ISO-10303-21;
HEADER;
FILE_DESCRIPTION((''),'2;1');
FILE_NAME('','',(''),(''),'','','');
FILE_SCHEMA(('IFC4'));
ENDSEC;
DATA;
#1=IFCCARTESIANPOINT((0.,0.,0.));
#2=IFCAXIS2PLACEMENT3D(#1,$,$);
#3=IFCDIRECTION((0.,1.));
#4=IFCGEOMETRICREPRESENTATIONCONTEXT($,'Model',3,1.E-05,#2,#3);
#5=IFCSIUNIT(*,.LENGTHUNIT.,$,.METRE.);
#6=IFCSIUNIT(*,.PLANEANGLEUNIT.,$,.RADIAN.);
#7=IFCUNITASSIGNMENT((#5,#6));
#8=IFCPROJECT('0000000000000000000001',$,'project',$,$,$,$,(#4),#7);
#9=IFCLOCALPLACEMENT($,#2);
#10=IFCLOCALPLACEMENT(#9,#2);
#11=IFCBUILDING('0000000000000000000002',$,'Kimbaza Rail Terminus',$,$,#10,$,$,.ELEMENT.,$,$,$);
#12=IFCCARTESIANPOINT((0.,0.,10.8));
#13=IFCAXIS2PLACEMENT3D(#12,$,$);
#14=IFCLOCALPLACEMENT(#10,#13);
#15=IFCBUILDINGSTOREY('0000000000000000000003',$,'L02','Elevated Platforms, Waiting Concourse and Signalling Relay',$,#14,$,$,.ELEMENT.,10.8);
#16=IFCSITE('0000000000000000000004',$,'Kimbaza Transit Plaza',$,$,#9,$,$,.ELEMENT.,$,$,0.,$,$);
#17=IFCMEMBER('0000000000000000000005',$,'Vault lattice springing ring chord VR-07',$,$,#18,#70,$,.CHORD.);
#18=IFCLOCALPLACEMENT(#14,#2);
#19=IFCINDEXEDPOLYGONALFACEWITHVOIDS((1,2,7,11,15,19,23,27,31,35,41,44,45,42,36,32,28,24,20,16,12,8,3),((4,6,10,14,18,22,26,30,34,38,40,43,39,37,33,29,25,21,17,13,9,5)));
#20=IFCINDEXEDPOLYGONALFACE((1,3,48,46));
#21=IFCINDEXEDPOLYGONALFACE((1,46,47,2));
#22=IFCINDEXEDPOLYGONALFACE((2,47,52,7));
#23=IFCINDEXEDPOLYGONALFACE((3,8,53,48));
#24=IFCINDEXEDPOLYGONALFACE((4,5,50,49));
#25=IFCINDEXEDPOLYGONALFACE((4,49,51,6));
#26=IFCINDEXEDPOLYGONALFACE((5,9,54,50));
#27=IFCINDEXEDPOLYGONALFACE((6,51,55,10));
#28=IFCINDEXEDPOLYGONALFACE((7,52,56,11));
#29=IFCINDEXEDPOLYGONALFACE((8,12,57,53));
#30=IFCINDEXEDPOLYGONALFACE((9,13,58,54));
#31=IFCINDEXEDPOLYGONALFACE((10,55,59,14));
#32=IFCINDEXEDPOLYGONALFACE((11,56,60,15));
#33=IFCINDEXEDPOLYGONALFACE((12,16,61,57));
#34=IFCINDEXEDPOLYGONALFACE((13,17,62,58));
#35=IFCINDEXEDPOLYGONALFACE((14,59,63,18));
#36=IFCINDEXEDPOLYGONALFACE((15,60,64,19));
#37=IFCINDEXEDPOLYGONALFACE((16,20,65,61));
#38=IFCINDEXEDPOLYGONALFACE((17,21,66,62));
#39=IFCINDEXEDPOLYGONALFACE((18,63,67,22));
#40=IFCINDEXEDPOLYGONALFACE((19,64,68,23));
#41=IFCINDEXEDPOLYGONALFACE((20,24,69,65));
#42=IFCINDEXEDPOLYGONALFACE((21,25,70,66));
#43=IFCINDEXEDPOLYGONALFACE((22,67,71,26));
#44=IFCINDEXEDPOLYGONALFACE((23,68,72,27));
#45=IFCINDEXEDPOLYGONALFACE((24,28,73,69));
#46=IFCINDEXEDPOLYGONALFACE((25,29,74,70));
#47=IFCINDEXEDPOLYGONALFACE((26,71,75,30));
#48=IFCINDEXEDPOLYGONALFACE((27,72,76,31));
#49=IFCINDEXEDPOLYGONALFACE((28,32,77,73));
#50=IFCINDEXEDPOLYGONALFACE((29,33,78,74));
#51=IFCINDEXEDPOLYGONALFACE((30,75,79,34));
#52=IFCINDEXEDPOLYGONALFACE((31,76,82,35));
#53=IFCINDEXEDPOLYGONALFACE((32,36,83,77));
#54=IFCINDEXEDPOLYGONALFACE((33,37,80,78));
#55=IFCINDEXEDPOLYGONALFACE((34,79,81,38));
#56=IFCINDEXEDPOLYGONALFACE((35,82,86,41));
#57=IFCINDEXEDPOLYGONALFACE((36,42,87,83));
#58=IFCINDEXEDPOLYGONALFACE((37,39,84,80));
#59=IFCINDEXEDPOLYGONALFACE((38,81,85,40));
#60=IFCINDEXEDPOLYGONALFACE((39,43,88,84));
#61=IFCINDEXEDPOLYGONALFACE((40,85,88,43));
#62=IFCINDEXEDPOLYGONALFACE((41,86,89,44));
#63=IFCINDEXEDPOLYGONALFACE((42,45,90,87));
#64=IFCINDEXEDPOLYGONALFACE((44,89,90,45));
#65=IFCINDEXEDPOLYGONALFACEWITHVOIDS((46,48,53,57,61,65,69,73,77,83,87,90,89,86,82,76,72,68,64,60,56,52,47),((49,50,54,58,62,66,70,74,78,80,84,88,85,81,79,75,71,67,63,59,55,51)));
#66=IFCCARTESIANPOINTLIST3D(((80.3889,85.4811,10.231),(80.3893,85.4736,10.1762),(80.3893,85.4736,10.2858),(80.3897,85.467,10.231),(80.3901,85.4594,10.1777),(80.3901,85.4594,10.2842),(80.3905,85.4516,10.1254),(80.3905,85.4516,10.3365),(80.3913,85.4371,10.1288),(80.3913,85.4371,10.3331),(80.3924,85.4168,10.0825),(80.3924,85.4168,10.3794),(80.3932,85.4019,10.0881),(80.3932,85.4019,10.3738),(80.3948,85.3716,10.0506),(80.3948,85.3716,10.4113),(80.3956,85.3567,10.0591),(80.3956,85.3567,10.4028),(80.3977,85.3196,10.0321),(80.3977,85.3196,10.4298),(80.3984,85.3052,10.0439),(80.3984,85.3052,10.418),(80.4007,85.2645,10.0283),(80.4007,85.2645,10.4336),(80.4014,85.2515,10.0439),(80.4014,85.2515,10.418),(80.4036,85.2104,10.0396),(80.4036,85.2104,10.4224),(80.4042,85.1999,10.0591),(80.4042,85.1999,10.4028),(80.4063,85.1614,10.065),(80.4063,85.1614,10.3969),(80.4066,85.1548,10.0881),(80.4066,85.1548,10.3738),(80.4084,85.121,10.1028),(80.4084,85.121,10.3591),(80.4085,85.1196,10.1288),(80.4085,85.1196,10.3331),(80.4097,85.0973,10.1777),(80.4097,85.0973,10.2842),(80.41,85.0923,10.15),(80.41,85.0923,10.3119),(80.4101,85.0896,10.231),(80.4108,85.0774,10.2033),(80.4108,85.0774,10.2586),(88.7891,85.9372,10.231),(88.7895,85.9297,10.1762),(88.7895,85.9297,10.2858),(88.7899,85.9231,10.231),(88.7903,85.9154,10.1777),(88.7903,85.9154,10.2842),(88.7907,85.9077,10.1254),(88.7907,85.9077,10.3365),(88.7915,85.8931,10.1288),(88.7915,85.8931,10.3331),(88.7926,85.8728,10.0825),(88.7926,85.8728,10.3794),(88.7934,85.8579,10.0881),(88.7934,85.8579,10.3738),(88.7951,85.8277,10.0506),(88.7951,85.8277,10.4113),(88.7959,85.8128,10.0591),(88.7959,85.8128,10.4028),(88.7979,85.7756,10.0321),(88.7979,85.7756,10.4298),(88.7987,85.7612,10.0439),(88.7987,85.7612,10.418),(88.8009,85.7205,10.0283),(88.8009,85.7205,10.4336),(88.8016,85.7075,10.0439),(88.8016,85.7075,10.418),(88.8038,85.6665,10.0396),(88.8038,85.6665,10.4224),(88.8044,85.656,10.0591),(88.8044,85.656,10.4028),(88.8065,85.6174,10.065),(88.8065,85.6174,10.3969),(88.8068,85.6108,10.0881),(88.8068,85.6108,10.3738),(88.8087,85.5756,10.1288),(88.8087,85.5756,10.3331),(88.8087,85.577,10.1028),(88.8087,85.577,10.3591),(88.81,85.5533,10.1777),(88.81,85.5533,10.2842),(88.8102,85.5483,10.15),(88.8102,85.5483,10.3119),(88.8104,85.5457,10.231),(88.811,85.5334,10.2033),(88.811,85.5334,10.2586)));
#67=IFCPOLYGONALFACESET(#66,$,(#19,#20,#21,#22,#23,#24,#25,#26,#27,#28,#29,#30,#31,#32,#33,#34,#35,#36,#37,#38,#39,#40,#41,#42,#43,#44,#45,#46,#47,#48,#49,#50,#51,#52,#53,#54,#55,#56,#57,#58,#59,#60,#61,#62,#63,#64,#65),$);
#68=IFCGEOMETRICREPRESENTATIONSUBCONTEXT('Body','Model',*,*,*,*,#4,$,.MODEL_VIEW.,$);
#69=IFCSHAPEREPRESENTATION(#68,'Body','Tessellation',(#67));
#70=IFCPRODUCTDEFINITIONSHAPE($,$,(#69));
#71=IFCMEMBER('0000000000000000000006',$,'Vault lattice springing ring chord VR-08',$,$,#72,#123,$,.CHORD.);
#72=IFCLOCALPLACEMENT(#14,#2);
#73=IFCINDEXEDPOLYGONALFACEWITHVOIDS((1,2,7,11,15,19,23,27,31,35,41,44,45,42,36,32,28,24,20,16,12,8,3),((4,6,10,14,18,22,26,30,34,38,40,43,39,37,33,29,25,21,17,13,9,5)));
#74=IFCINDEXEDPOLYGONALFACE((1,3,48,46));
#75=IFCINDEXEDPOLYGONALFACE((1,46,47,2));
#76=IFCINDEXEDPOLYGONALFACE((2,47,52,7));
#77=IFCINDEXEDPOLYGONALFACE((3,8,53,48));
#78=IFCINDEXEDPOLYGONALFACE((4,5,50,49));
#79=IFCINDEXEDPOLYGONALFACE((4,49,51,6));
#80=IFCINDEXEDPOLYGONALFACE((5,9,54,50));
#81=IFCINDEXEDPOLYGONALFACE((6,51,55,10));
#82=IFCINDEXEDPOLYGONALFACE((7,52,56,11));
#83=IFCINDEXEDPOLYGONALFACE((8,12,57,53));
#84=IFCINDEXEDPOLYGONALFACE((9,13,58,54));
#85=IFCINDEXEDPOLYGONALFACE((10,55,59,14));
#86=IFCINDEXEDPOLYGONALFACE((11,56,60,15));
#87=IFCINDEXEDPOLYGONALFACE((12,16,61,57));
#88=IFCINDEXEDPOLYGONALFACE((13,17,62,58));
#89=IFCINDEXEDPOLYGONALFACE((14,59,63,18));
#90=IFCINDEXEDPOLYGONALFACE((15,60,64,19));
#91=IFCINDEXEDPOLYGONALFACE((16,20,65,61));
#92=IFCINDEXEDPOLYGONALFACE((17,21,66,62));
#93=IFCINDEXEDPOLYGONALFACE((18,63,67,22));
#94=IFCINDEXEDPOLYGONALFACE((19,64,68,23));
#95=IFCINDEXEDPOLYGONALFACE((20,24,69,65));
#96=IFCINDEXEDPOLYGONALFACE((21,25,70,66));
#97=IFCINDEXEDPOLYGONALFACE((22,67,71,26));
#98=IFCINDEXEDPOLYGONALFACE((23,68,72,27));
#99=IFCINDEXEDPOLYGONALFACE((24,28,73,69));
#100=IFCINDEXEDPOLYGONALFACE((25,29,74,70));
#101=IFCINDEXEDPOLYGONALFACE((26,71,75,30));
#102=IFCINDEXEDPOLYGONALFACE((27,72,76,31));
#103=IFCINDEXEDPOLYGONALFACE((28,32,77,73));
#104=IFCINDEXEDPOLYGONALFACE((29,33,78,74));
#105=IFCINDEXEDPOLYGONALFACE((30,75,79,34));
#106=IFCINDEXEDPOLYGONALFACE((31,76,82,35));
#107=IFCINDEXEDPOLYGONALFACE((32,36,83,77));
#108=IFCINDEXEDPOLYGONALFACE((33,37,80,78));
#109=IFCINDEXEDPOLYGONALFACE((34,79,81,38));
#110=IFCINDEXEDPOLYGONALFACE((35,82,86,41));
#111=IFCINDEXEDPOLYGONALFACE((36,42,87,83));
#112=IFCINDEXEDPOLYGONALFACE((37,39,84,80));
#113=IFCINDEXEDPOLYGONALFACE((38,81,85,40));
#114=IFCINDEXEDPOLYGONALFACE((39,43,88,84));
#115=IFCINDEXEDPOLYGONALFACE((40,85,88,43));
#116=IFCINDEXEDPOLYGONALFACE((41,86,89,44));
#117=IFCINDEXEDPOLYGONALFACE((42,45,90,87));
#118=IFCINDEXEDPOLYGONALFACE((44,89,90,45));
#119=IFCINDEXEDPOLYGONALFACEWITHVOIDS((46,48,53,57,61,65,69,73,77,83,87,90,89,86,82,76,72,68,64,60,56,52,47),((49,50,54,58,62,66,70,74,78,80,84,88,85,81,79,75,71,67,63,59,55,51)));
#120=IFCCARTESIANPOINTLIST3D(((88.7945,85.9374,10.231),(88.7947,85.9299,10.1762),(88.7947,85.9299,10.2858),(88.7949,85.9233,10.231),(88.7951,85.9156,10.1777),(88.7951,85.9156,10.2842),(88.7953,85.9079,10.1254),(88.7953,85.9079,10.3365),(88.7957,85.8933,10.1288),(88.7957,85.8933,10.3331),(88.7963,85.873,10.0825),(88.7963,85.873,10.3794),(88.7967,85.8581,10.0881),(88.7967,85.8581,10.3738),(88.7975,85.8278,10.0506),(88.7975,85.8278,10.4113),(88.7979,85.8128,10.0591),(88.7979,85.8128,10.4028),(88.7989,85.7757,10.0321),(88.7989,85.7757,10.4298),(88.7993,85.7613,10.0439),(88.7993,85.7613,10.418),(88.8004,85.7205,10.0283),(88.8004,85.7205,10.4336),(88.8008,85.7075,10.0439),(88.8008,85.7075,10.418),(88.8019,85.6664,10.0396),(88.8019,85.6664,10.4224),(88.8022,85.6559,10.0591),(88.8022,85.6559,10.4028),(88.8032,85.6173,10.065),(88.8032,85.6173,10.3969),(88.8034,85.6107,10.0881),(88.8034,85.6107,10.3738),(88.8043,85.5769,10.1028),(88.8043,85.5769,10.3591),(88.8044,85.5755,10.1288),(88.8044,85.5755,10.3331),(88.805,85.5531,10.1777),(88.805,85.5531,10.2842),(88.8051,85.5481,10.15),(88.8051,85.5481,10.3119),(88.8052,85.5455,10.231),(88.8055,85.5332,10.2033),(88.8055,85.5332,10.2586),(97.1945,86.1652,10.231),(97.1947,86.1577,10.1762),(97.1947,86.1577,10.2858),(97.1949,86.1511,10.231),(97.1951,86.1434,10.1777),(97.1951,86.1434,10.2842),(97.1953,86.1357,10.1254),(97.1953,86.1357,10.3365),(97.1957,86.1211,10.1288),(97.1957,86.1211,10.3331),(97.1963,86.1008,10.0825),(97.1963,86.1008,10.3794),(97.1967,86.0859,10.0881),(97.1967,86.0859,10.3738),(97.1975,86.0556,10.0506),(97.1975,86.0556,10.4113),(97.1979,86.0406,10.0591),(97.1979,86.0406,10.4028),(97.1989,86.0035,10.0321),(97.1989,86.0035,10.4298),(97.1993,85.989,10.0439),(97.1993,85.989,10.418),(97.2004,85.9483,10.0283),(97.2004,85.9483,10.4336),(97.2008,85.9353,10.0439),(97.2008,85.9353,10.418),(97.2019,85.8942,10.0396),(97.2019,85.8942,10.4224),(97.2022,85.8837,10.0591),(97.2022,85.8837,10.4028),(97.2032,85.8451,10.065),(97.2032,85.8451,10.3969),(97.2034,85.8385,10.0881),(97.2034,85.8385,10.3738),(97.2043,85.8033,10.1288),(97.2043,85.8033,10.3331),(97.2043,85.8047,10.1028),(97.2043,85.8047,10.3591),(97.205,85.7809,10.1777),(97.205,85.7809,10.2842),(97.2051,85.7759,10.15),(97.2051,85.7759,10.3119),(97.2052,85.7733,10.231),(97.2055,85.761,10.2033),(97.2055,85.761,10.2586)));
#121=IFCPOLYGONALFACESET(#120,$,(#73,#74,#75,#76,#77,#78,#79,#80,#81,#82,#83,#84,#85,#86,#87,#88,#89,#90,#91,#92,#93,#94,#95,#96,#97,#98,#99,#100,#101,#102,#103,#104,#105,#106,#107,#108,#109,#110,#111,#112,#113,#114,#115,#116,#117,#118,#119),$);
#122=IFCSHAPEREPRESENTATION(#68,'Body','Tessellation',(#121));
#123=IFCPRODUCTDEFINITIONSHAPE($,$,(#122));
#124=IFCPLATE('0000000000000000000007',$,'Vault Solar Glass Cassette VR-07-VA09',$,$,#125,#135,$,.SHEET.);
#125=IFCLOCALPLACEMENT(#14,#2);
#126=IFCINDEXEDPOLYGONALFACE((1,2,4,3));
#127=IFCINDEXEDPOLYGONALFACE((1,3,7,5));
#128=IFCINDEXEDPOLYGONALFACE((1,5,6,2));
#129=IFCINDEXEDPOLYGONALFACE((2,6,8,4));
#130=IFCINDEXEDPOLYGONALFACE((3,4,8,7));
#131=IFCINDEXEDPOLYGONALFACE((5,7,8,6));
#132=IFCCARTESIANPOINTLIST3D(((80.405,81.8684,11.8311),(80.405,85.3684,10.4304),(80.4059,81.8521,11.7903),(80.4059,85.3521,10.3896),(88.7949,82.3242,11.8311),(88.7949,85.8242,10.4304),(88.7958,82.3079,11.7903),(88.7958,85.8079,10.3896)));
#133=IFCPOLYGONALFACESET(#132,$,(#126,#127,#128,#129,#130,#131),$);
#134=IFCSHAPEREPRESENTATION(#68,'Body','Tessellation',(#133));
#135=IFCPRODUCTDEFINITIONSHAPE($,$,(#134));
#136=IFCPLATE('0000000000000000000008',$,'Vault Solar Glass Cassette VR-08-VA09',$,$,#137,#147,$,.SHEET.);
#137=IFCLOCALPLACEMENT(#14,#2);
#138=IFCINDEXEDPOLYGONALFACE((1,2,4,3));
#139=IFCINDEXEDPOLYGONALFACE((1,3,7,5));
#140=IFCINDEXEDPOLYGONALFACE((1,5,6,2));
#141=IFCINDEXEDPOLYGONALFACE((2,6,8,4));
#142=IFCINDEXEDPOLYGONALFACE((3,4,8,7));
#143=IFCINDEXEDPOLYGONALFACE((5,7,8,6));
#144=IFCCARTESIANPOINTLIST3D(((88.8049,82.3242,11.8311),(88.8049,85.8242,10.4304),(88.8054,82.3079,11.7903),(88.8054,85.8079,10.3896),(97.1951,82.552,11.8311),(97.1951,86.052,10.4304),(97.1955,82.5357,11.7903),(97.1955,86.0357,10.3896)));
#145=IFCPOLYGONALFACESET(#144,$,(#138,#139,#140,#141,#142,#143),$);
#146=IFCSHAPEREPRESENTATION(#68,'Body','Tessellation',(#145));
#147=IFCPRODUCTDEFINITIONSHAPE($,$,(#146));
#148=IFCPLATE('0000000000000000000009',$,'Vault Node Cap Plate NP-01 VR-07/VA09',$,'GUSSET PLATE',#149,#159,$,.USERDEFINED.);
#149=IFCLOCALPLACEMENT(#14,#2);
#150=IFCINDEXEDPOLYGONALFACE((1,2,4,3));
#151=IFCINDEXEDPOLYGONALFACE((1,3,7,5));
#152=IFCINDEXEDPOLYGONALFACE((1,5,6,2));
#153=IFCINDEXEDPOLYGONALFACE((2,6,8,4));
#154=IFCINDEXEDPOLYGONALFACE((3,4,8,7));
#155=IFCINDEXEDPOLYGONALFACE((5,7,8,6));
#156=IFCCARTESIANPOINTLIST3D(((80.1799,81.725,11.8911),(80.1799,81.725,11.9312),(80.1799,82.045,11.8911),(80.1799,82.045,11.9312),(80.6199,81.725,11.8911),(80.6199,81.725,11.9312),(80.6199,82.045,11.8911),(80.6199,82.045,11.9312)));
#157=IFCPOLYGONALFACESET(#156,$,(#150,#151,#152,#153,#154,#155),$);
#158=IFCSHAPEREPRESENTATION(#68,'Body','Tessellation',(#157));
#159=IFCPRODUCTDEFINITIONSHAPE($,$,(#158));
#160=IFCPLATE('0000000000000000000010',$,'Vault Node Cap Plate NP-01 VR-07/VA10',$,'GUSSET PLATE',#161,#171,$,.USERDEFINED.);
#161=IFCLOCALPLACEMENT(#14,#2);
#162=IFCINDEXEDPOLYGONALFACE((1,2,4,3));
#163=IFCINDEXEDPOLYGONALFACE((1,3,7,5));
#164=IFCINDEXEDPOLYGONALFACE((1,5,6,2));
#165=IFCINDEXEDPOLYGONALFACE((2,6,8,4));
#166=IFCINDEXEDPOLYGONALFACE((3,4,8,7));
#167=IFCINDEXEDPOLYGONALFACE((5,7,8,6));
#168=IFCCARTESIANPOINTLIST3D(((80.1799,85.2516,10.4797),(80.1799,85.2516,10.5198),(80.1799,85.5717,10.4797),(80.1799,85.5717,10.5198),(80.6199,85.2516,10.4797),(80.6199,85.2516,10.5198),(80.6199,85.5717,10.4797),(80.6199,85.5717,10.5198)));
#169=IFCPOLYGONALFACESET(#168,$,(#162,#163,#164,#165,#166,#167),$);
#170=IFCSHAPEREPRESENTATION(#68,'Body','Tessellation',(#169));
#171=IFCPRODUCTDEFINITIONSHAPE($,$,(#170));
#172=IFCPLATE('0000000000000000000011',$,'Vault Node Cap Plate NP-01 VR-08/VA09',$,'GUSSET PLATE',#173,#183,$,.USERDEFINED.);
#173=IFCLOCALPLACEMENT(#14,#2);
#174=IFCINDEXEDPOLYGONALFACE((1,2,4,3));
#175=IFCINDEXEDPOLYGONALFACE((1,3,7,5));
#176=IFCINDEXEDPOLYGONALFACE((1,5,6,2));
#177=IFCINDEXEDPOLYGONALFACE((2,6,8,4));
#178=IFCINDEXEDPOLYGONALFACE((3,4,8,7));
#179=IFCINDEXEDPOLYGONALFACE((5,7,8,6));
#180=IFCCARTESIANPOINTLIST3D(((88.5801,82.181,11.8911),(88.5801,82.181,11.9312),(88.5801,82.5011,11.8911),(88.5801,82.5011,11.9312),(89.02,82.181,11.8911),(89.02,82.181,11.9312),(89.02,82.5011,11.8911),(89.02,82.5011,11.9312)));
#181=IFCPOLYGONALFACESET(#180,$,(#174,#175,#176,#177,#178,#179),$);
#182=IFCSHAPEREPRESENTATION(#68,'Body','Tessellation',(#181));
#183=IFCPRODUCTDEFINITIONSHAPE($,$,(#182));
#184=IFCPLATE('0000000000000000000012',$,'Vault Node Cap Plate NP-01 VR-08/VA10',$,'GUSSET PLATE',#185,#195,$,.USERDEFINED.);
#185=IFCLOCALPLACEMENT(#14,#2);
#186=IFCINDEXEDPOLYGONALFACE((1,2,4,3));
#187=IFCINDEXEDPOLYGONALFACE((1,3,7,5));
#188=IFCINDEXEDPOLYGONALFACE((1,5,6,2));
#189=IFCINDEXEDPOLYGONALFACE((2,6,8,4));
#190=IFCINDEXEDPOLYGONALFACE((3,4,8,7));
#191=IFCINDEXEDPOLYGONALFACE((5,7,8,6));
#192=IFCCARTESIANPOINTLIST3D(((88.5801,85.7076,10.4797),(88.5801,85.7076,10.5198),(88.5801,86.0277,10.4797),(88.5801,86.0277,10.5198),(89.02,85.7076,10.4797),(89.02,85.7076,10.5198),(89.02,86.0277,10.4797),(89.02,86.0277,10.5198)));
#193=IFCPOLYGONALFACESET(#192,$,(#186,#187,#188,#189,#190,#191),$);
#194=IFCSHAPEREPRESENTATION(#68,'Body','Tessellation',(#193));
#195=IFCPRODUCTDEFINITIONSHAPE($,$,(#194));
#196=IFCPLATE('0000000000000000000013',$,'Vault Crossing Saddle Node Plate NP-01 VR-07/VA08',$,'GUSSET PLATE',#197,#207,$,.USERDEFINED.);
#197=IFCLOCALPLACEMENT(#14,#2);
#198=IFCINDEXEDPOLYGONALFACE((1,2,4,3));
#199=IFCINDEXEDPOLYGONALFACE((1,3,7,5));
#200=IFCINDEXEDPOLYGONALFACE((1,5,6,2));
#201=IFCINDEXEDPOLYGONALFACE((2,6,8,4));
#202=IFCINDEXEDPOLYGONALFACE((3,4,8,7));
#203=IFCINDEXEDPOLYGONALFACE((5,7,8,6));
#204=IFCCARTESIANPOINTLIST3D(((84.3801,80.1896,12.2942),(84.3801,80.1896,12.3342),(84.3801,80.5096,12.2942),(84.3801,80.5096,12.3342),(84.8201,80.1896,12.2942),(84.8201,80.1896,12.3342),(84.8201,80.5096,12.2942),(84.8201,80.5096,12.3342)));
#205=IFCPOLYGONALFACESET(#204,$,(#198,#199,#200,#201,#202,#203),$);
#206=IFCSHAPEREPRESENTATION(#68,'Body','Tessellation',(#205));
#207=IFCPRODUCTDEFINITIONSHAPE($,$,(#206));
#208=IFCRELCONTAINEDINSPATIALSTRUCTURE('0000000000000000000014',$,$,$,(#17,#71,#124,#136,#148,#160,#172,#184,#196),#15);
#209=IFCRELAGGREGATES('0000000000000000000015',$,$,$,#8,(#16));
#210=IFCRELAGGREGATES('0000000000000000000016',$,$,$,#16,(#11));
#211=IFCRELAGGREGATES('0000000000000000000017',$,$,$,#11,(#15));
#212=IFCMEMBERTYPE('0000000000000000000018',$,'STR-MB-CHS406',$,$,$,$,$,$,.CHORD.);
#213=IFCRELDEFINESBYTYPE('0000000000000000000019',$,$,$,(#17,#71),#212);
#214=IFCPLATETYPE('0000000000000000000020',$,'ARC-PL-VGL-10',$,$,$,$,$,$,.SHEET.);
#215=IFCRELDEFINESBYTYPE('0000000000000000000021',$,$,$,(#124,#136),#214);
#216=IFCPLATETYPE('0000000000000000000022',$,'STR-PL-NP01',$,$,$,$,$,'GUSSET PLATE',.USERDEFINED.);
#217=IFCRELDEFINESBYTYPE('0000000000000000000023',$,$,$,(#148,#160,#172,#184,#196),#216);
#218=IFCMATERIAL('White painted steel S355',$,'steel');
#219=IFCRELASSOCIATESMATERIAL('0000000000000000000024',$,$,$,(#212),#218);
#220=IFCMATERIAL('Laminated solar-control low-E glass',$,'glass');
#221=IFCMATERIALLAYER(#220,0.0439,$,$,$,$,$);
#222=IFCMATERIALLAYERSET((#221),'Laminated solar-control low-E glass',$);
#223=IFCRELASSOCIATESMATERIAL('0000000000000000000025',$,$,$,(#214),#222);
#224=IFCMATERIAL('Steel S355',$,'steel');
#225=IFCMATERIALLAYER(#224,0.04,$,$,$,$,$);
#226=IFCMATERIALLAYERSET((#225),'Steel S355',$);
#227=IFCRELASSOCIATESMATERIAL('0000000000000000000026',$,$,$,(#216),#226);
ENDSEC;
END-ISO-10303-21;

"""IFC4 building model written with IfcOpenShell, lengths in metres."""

from ifc_helpers import new_model, si_unit, direction, frame, origin, origin_2d, place, context, subcontext, project, spatial, polyline, rectangle, hollow_circle, outline, extrude, material, layer, layer_set, material_profile, profile_set, type_object, element, save


model = new_model("IFC4")

# Units and contexts
model_context = context("Model", 3, precision=1e-05, world=origin(), true_north=direction((0.0, 1.0)))
body_context = subcontext(model_context, "Body", "Model", "MODEL_VIEW")
ifc_project = project(units=[si_unit("LENGTHUNIT", "METRE"), si_unit("PLANEANGLEUNIT", "RADIAN")], contexts=[model_context])

# Site, building, storey
site_placement = place(None, origin())
site = spatial("IfcSite", under=ifc_project, at=site_placement, Name="Kimbaza Transit Plaza", CompositionType="ELEMENT", RefElevation=0.0)
building_placement = place(site_placement, origin())
building = spatial("IfcBuilding", under=site, at=building_placement, Name="Kimbaza Rail Terminus", CompositionType="ELEMENT")
storey_placement = place(building_placement, frame((0.0, 0.0, 10.8)))
storey = spatial("IfcBuildingStorey", under=building, at=storey_placement, Name="L02", Description="Elevated Platforms, Waiting Concourse and Signalling Relay", CompositionType="ELEMENT", Elevation=10.8)

# Members
ifc_material_1 = material(Name="White painted steel S355", Category="steel")
ifc_material_profile_1 = material_profile(ifc_material_1, hollow_circle(Radius=0.2031, WallThickness=0.0142, at=origin_2d()), Name="CHS 406.4x14.2")
ifc_profile_set_1 = profile_set([ifc_material_profile_1], Name="White painted steel S355")
member_type_1 = type_object("IfcMemberType", Name="STR-MB-CHS406", PredefinedType="CHORD", material=ifc_profile_set_1)
member_1_placement = place(storey_placement, frame((80.3999, 85.2783, 10.231), z_axis=(0.998529, 0.054211, 0.0), x_axis=(-0.054211, 0.998529, 0.0)))
element("IfcMember", 1, at=member_1_placement, inside=storey, type_object=member_type_1, Name="Vault lattice springing ring chord VR-07", PredefinedType="CHORD", context=body_context, shape_type="SweptSolid", body=[
    extrude(hollow_circle(Radius=0.2031, WallThickness=0.0142, at=origin_2d()), origin(), (0.0, 0.0, 1.0), 8.4126),
])
member_2_placement = place(storey_placement, frame((88.8, 85.7344, 10.231), z_axis=(0.999633, 0.027107, 0.0), x_axis=(-0.027107, 0.999633, 0.0)))
element("IfcMember", 2, at=member_2_placement, inside=storey, type_object=member_type_1, Name="Vault lattice springing ring chord VR-08", PredefinedType="CHORD", context=body_context, shape_type="SweptSolid", body=[
    extrude(hollow_circle(Radius=0.2031, WallThickness=0.0142, at=origin_2d()), origin(), (0.0, 0.0, 1.0), 8.4031),
])

# Plates
ifc_material_2 = material(Name="Laminated solar-control low-E glass", Category="glass")
ifc_layer_1 = layer(ifc_material_2, 0.0439)
ifc_layer_set_1 = layer_set([ifc_layer_1], Name="Laminated solar-control low-E glass")
plate_type_1 = type_object("IfcPlateType", Name="ARC-PL-VGL-10", PredefinedType="SHEET", material=ifc_layer_set_1)
plate_1_placement = place(storey_placement, frame((80.405, 81.8684, 11.8311), z_axis=(-0.020181, 0.37146, 0.92823), x_axis=(0.998527, 0.054249, 0.0)))
element("IfcPlate", 3, at=plate_1_placement, inside=storey, type_object=plate_type_1, Name="Vault Solar Glass Cassette VR-07-VA09", PredefinedType="SHEET", context=body_context, shape_type="SweptSolid", body=[
    extrude(outline(polyline([(0.0, 0.0), (8.4023, 0.0), (8.5921, 3.7651), (0.1899, 3.7651), (0.0, 0.0)])), origin(), (0.0, 0.0, -1.0), 0.0439),
])
plate_2_placement = place(storey_placement, frame((88.8049, 82.3242, 11.8311), z_axis=(-0.010086, 0.371517, 0.928371), x_axis=(0.999632, 0.027139, 0.0)))
element("IfcPlate", 4, at=plate_2_placement, inside=storey, type_object=plate_type_1, Name="Vault Solar Glass Cassette VR-08-VA09", PredefinedType="SHEET", context=body_context, shape_type="SweptSolid", body=[
    extrude(outline(polyline([(0.0, 0.0), (8.3932, 0.0), (8.4882, 3.7687), (0.095, 3.7687), (0.0, 0.0)])), origin(), (0.0, 0.0, -1.0), 0.0439),
])
ifc_material_3 = material(Name="Steel S355", Category="steel")
ifc_layer_2 = layer(ifc_material_3, 0.04)
ifc_layer_set_2 = layer_set([ifc_layer_2], Name="Steel S355")
plate_type_2 = type_object("IfcPlateType", Name="STR-PL-NP01", ElementType="GUSSET PLATE", PredefinedType="USERDEFINED", material=ifc_layer_set_2)
for number, where, z_axis, x_axis, name in (
    (5, (80.3999, 81.885, 11.8911), (0.0, 0.0, 1.0), (1.0, 0.0, 0.0), "Vault Node Cap Plate NP-01 VR-07/VA09"),
    (6, (80.3999, 85.4116, 10.4797), (0.0, 0.0, 1.0), (1.0, 0.0, 0.0), "Vault Node Cap Plate NP-01 VR-07/VA10"),
    (7, (88.8, 82.3411, 11.8911), (0.0, 0.0, 1.0), (1.0, 0.0, 0.0), "Vault Node Cap Plate NP-01 VR-08/VA09"),
    (8, (88.8, 85.8677, 10.4797), (0.0, 0.0, 1.0), (1.0, 0.0, 0.0), "Vault Node Cap Plate NP-01 VR-08/VA10"),
    (9, (84.6001, 80.3496, 12.2942), (0.0, 0.0, 1.0), (1.0, 0.0, 0.0), "Vault Crossing Saddle Node Plate NP-01 VR-07/VA08"),
):
    element("IfcPlate", number, at=place(storey_placement, frame(where, z_axis=z_axis, x_axis=x_axis)), inside=storey, type_object=plate_type_2, Name=name, ObjectType="GUSSET PLATE", PredefinedType="USERDEFINED", context=body_context, shape_type="SweptSolid", body=[
        extrude(rectangle(XDim=0.4399, YDim=0.3201, at=origin_2d()), origin(), (0.0, 0.0, 1.0), 0.04),
    ])

save(model, "model.ifc")
